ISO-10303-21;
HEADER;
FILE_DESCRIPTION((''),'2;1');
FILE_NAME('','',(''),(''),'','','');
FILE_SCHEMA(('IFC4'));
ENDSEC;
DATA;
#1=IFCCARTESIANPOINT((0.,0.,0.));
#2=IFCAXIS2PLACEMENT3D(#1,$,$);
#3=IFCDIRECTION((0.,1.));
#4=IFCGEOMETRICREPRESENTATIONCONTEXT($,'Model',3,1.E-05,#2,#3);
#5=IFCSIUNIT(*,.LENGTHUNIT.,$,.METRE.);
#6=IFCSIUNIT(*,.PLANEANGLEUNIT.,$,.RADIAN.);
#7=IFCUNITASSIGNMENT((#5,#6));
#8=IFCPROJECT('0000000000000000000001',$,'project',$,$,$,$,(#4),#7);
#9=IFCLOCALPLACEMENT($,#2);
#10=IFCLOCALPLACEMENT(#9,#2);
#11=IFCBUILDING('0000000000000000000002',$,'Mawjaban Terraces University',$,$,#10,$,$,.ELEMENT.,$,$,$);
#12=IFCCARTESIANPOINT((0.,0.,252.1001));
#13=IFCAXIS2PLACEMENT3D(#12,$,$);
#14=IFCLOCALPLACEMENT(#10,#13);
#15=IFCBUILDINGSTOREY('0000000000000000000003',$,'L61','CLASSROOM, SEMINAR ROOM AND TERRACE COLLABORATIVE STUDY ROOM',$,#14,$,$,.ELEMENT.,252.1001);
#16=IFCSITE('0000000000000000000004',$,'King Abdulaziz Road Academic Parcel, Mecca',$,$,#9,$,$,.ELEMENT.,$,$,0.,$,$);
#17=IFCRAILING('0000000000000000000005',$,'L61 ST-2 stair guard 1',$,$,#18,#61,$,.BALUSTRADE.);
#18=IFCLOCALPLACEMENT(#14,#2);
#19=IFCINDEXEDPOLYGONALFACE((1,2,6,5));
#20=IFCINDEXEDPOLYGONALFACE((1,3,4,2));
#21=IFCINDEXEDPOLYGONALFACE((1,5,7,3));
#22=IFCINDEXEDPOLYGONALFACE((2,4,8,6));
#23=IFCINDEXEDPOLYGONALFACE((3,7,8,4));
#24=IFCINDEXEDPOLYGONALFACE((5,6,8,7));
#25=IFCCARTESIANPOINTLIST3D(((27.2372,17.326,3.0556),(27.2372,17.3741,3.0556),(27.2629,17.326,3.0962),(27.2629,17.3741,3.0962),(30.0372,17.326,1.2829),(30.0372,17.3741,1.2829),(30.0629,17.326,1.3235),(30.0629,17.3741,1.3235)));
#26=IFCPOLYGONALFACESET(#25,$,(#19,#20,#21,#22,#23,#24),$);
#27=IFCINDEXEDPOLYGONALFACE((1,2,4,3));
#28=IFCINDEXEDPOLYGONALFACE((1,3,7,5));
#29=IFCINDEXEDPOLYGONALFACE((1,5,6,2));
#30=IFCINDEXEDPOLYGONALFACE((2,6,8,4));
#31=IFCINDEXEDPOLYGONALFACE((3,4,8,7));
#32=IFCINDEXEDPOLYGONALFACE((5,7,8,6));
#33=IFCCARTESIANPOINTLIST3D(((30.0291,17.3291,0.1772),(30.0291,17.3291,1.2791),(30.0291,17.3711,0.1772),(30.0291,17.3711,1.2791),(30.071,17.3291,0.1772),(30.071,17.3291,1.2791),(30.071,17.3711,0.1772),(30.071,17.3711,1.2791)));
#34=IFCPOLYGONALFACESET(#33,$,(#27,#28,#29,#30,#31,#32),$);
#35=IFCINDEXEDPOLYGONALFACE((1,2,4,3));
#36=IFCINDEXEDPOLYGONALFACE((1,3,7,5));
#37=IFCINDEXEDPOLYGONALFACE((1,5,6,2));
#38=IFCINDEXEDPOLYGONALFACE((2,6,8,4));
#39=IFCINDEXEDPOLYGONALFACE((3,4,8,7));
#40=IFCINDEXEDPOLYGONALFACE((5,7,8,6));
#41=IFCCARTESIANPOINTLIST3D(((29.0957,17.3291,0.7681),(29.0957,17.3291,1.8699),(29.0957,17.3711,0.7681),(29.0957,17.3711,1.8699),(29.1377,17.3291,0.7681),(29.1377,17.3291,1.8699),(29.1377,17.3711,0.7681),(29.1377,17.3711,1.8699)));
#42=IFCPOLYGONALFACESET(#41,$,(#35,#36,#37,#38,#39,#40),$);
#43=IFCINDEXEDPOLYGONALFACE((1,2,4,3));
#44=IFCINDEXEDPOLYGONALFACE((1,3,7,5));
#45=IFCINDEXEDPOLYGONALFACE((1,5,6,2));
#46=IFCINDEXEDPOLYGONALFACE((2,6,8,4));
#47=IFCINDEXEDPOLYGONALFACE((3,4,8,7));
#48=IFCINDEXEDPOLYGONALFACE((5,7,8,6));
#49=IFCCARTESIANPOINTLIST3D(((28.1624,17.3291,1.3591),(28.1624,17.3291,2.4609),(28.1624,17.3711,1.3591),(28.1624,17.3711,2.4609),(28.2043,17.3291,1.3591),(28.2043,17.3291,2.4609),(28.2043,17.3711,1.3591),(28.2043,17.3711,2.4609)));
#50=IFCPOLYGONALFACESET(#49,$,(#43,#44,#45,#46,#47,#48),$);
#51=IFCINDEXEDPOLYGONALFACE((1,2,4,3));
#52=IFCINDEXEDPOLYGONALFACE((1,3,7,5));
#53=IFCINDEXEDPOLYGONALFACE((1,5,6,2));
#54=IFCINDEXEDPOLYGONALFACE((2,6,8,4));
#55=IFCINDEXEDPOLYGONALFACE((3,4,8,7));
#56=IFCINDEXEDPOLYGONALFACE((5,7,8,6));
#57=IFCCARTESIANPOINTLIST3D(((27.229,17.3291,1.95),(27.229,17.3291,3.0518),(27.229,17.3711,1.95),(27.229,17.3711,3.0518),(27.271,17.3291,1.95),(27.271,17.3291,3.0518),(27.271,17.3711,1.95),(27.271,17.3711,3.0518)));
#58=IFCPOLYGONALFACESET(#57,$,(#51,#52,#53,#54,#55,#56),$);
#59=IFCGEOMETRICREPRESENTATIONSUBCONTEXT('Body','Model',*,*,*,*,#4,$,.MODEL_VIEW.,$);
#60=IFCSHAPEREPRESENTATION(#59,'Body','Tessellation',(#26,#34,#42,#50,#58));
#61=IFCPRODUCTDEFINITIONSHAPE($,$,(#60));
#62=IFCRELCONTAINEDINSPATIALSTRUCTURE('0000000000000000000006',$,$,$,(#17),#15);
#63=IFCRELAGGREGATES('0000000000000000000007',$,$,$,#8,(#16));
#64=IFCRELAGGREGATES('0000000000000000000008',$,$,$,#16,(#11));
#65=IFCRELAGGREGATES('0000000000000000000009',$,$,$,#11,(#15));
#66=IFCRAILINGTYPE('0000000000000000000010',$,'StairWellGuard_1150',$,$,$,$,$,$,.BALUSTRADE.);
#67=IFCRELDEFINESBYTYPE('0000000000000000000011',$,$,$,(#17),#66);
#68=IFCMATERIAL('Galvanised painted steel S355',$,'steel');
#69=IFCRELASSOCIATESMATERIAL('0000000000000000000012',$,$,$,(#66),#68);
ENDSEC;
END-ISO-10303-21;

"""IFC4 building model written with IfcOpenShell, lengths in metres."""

from ifc_helpers import new_model, si_unit, direction, frame, origin, origin_2d, place, context, subcontext, project, spatial, rectangle, extrude, material, type_object, element, save


model = new_model("IFC4")

# Units and contexts
model_context = context("Model", 3, precision=1e-05, world=origin(), true_north=direction((0.0, 1.0)))
body_context = subcontext(model_context, "Body", "Model", "MODEL_VIEW")
ifc_project = project(units=[si_unit("LENGTHUNIT", "METRE"), si_unit("PLANEANGLEUNIT", "RADIAN")], contexts=[model_context])

# Site, building, storey
site_placement = place(None, origin())
site = spatial("IfcSite", under=ifc_project, at=site_placement, Name="King Abdulaziz Road Academic Parcel, Mecca", CompositionType="ELEMENT", RefElevation=0.0)
building_placement = place(site_placement, origin())
building = spatial("IfcBuilding", under=site, at=building_placement, Name="Mawjaban Terraces University", CompositionType="ELEMENT")
storey_placement = place(building_placement, frame((0.0, 0.0, 252.1001)))
storey = spatial("IfcBuildingStorey", under=building, at=storey_placement, Name="L61", Description="CLASSROOM, SEMINAR ROOM AND TERRACE COLLABORATIVE STUDY ROOM", CompositionType="ELEMENT", Elevation=252.1001)

# Railing
ifc_material_1 = material(Name="Galvanised painted steel S355", Category="steel")
railing_type_1 = type_object("IfcRailingType", Name="StairWellGuard_1150", PredefinedType="BALUSTRADE", material=ifc_material_1)
railing_1_placement = place(storey_placement, frame((30.05, 17.3501, 0.1772)))
element("IfcRailing", 1, at=railing_1_placement, inside=storey, type_object=railing_type_1, Name="L61 ST-2 stair guard 1", PredefinedType="BALUSTRADE", context=body_context, shape_type="SweptSolid", body=[
    extrude(rectangle(XDim=0.0481, YDim=0.0481, at=origin_2d()), frame((0.0, 0.0, 1.126), z_axis=(-0.844909, 0.0, 0.53491), x_axis=(0.0, -1.0, 0.0)), (0.0, 0.0, 1.0), 3.314),
    extrude(rectangle(XDim=0.042, YDim=0.042, at=origin_2d()), origin(), (0.0, 0.0, 1.0), 1.1018),
    extrude(rectangle(XDim=0.042, YDim=0.042, at=origin_2d()), frame((-0.9333, 0.0, 0.5908)), (0.0, 0.0, 1.0), 1.1018),
    extrude(rectangle(XDim=0.042, YDim=0.042, at=origin_2d()), frame((-1.8667, 0.0, 1.1819)), (0.0, 0.0, 1.0), 1.1018),
    extrude(rectangle(XDim=0.042, YDim=0.042, at=origin_2d()), frame((-2.8, 0.0, 1.7727)), (0.0, 0.0, 1.0), 1.1018),
])

save(model, "model.ifc")
